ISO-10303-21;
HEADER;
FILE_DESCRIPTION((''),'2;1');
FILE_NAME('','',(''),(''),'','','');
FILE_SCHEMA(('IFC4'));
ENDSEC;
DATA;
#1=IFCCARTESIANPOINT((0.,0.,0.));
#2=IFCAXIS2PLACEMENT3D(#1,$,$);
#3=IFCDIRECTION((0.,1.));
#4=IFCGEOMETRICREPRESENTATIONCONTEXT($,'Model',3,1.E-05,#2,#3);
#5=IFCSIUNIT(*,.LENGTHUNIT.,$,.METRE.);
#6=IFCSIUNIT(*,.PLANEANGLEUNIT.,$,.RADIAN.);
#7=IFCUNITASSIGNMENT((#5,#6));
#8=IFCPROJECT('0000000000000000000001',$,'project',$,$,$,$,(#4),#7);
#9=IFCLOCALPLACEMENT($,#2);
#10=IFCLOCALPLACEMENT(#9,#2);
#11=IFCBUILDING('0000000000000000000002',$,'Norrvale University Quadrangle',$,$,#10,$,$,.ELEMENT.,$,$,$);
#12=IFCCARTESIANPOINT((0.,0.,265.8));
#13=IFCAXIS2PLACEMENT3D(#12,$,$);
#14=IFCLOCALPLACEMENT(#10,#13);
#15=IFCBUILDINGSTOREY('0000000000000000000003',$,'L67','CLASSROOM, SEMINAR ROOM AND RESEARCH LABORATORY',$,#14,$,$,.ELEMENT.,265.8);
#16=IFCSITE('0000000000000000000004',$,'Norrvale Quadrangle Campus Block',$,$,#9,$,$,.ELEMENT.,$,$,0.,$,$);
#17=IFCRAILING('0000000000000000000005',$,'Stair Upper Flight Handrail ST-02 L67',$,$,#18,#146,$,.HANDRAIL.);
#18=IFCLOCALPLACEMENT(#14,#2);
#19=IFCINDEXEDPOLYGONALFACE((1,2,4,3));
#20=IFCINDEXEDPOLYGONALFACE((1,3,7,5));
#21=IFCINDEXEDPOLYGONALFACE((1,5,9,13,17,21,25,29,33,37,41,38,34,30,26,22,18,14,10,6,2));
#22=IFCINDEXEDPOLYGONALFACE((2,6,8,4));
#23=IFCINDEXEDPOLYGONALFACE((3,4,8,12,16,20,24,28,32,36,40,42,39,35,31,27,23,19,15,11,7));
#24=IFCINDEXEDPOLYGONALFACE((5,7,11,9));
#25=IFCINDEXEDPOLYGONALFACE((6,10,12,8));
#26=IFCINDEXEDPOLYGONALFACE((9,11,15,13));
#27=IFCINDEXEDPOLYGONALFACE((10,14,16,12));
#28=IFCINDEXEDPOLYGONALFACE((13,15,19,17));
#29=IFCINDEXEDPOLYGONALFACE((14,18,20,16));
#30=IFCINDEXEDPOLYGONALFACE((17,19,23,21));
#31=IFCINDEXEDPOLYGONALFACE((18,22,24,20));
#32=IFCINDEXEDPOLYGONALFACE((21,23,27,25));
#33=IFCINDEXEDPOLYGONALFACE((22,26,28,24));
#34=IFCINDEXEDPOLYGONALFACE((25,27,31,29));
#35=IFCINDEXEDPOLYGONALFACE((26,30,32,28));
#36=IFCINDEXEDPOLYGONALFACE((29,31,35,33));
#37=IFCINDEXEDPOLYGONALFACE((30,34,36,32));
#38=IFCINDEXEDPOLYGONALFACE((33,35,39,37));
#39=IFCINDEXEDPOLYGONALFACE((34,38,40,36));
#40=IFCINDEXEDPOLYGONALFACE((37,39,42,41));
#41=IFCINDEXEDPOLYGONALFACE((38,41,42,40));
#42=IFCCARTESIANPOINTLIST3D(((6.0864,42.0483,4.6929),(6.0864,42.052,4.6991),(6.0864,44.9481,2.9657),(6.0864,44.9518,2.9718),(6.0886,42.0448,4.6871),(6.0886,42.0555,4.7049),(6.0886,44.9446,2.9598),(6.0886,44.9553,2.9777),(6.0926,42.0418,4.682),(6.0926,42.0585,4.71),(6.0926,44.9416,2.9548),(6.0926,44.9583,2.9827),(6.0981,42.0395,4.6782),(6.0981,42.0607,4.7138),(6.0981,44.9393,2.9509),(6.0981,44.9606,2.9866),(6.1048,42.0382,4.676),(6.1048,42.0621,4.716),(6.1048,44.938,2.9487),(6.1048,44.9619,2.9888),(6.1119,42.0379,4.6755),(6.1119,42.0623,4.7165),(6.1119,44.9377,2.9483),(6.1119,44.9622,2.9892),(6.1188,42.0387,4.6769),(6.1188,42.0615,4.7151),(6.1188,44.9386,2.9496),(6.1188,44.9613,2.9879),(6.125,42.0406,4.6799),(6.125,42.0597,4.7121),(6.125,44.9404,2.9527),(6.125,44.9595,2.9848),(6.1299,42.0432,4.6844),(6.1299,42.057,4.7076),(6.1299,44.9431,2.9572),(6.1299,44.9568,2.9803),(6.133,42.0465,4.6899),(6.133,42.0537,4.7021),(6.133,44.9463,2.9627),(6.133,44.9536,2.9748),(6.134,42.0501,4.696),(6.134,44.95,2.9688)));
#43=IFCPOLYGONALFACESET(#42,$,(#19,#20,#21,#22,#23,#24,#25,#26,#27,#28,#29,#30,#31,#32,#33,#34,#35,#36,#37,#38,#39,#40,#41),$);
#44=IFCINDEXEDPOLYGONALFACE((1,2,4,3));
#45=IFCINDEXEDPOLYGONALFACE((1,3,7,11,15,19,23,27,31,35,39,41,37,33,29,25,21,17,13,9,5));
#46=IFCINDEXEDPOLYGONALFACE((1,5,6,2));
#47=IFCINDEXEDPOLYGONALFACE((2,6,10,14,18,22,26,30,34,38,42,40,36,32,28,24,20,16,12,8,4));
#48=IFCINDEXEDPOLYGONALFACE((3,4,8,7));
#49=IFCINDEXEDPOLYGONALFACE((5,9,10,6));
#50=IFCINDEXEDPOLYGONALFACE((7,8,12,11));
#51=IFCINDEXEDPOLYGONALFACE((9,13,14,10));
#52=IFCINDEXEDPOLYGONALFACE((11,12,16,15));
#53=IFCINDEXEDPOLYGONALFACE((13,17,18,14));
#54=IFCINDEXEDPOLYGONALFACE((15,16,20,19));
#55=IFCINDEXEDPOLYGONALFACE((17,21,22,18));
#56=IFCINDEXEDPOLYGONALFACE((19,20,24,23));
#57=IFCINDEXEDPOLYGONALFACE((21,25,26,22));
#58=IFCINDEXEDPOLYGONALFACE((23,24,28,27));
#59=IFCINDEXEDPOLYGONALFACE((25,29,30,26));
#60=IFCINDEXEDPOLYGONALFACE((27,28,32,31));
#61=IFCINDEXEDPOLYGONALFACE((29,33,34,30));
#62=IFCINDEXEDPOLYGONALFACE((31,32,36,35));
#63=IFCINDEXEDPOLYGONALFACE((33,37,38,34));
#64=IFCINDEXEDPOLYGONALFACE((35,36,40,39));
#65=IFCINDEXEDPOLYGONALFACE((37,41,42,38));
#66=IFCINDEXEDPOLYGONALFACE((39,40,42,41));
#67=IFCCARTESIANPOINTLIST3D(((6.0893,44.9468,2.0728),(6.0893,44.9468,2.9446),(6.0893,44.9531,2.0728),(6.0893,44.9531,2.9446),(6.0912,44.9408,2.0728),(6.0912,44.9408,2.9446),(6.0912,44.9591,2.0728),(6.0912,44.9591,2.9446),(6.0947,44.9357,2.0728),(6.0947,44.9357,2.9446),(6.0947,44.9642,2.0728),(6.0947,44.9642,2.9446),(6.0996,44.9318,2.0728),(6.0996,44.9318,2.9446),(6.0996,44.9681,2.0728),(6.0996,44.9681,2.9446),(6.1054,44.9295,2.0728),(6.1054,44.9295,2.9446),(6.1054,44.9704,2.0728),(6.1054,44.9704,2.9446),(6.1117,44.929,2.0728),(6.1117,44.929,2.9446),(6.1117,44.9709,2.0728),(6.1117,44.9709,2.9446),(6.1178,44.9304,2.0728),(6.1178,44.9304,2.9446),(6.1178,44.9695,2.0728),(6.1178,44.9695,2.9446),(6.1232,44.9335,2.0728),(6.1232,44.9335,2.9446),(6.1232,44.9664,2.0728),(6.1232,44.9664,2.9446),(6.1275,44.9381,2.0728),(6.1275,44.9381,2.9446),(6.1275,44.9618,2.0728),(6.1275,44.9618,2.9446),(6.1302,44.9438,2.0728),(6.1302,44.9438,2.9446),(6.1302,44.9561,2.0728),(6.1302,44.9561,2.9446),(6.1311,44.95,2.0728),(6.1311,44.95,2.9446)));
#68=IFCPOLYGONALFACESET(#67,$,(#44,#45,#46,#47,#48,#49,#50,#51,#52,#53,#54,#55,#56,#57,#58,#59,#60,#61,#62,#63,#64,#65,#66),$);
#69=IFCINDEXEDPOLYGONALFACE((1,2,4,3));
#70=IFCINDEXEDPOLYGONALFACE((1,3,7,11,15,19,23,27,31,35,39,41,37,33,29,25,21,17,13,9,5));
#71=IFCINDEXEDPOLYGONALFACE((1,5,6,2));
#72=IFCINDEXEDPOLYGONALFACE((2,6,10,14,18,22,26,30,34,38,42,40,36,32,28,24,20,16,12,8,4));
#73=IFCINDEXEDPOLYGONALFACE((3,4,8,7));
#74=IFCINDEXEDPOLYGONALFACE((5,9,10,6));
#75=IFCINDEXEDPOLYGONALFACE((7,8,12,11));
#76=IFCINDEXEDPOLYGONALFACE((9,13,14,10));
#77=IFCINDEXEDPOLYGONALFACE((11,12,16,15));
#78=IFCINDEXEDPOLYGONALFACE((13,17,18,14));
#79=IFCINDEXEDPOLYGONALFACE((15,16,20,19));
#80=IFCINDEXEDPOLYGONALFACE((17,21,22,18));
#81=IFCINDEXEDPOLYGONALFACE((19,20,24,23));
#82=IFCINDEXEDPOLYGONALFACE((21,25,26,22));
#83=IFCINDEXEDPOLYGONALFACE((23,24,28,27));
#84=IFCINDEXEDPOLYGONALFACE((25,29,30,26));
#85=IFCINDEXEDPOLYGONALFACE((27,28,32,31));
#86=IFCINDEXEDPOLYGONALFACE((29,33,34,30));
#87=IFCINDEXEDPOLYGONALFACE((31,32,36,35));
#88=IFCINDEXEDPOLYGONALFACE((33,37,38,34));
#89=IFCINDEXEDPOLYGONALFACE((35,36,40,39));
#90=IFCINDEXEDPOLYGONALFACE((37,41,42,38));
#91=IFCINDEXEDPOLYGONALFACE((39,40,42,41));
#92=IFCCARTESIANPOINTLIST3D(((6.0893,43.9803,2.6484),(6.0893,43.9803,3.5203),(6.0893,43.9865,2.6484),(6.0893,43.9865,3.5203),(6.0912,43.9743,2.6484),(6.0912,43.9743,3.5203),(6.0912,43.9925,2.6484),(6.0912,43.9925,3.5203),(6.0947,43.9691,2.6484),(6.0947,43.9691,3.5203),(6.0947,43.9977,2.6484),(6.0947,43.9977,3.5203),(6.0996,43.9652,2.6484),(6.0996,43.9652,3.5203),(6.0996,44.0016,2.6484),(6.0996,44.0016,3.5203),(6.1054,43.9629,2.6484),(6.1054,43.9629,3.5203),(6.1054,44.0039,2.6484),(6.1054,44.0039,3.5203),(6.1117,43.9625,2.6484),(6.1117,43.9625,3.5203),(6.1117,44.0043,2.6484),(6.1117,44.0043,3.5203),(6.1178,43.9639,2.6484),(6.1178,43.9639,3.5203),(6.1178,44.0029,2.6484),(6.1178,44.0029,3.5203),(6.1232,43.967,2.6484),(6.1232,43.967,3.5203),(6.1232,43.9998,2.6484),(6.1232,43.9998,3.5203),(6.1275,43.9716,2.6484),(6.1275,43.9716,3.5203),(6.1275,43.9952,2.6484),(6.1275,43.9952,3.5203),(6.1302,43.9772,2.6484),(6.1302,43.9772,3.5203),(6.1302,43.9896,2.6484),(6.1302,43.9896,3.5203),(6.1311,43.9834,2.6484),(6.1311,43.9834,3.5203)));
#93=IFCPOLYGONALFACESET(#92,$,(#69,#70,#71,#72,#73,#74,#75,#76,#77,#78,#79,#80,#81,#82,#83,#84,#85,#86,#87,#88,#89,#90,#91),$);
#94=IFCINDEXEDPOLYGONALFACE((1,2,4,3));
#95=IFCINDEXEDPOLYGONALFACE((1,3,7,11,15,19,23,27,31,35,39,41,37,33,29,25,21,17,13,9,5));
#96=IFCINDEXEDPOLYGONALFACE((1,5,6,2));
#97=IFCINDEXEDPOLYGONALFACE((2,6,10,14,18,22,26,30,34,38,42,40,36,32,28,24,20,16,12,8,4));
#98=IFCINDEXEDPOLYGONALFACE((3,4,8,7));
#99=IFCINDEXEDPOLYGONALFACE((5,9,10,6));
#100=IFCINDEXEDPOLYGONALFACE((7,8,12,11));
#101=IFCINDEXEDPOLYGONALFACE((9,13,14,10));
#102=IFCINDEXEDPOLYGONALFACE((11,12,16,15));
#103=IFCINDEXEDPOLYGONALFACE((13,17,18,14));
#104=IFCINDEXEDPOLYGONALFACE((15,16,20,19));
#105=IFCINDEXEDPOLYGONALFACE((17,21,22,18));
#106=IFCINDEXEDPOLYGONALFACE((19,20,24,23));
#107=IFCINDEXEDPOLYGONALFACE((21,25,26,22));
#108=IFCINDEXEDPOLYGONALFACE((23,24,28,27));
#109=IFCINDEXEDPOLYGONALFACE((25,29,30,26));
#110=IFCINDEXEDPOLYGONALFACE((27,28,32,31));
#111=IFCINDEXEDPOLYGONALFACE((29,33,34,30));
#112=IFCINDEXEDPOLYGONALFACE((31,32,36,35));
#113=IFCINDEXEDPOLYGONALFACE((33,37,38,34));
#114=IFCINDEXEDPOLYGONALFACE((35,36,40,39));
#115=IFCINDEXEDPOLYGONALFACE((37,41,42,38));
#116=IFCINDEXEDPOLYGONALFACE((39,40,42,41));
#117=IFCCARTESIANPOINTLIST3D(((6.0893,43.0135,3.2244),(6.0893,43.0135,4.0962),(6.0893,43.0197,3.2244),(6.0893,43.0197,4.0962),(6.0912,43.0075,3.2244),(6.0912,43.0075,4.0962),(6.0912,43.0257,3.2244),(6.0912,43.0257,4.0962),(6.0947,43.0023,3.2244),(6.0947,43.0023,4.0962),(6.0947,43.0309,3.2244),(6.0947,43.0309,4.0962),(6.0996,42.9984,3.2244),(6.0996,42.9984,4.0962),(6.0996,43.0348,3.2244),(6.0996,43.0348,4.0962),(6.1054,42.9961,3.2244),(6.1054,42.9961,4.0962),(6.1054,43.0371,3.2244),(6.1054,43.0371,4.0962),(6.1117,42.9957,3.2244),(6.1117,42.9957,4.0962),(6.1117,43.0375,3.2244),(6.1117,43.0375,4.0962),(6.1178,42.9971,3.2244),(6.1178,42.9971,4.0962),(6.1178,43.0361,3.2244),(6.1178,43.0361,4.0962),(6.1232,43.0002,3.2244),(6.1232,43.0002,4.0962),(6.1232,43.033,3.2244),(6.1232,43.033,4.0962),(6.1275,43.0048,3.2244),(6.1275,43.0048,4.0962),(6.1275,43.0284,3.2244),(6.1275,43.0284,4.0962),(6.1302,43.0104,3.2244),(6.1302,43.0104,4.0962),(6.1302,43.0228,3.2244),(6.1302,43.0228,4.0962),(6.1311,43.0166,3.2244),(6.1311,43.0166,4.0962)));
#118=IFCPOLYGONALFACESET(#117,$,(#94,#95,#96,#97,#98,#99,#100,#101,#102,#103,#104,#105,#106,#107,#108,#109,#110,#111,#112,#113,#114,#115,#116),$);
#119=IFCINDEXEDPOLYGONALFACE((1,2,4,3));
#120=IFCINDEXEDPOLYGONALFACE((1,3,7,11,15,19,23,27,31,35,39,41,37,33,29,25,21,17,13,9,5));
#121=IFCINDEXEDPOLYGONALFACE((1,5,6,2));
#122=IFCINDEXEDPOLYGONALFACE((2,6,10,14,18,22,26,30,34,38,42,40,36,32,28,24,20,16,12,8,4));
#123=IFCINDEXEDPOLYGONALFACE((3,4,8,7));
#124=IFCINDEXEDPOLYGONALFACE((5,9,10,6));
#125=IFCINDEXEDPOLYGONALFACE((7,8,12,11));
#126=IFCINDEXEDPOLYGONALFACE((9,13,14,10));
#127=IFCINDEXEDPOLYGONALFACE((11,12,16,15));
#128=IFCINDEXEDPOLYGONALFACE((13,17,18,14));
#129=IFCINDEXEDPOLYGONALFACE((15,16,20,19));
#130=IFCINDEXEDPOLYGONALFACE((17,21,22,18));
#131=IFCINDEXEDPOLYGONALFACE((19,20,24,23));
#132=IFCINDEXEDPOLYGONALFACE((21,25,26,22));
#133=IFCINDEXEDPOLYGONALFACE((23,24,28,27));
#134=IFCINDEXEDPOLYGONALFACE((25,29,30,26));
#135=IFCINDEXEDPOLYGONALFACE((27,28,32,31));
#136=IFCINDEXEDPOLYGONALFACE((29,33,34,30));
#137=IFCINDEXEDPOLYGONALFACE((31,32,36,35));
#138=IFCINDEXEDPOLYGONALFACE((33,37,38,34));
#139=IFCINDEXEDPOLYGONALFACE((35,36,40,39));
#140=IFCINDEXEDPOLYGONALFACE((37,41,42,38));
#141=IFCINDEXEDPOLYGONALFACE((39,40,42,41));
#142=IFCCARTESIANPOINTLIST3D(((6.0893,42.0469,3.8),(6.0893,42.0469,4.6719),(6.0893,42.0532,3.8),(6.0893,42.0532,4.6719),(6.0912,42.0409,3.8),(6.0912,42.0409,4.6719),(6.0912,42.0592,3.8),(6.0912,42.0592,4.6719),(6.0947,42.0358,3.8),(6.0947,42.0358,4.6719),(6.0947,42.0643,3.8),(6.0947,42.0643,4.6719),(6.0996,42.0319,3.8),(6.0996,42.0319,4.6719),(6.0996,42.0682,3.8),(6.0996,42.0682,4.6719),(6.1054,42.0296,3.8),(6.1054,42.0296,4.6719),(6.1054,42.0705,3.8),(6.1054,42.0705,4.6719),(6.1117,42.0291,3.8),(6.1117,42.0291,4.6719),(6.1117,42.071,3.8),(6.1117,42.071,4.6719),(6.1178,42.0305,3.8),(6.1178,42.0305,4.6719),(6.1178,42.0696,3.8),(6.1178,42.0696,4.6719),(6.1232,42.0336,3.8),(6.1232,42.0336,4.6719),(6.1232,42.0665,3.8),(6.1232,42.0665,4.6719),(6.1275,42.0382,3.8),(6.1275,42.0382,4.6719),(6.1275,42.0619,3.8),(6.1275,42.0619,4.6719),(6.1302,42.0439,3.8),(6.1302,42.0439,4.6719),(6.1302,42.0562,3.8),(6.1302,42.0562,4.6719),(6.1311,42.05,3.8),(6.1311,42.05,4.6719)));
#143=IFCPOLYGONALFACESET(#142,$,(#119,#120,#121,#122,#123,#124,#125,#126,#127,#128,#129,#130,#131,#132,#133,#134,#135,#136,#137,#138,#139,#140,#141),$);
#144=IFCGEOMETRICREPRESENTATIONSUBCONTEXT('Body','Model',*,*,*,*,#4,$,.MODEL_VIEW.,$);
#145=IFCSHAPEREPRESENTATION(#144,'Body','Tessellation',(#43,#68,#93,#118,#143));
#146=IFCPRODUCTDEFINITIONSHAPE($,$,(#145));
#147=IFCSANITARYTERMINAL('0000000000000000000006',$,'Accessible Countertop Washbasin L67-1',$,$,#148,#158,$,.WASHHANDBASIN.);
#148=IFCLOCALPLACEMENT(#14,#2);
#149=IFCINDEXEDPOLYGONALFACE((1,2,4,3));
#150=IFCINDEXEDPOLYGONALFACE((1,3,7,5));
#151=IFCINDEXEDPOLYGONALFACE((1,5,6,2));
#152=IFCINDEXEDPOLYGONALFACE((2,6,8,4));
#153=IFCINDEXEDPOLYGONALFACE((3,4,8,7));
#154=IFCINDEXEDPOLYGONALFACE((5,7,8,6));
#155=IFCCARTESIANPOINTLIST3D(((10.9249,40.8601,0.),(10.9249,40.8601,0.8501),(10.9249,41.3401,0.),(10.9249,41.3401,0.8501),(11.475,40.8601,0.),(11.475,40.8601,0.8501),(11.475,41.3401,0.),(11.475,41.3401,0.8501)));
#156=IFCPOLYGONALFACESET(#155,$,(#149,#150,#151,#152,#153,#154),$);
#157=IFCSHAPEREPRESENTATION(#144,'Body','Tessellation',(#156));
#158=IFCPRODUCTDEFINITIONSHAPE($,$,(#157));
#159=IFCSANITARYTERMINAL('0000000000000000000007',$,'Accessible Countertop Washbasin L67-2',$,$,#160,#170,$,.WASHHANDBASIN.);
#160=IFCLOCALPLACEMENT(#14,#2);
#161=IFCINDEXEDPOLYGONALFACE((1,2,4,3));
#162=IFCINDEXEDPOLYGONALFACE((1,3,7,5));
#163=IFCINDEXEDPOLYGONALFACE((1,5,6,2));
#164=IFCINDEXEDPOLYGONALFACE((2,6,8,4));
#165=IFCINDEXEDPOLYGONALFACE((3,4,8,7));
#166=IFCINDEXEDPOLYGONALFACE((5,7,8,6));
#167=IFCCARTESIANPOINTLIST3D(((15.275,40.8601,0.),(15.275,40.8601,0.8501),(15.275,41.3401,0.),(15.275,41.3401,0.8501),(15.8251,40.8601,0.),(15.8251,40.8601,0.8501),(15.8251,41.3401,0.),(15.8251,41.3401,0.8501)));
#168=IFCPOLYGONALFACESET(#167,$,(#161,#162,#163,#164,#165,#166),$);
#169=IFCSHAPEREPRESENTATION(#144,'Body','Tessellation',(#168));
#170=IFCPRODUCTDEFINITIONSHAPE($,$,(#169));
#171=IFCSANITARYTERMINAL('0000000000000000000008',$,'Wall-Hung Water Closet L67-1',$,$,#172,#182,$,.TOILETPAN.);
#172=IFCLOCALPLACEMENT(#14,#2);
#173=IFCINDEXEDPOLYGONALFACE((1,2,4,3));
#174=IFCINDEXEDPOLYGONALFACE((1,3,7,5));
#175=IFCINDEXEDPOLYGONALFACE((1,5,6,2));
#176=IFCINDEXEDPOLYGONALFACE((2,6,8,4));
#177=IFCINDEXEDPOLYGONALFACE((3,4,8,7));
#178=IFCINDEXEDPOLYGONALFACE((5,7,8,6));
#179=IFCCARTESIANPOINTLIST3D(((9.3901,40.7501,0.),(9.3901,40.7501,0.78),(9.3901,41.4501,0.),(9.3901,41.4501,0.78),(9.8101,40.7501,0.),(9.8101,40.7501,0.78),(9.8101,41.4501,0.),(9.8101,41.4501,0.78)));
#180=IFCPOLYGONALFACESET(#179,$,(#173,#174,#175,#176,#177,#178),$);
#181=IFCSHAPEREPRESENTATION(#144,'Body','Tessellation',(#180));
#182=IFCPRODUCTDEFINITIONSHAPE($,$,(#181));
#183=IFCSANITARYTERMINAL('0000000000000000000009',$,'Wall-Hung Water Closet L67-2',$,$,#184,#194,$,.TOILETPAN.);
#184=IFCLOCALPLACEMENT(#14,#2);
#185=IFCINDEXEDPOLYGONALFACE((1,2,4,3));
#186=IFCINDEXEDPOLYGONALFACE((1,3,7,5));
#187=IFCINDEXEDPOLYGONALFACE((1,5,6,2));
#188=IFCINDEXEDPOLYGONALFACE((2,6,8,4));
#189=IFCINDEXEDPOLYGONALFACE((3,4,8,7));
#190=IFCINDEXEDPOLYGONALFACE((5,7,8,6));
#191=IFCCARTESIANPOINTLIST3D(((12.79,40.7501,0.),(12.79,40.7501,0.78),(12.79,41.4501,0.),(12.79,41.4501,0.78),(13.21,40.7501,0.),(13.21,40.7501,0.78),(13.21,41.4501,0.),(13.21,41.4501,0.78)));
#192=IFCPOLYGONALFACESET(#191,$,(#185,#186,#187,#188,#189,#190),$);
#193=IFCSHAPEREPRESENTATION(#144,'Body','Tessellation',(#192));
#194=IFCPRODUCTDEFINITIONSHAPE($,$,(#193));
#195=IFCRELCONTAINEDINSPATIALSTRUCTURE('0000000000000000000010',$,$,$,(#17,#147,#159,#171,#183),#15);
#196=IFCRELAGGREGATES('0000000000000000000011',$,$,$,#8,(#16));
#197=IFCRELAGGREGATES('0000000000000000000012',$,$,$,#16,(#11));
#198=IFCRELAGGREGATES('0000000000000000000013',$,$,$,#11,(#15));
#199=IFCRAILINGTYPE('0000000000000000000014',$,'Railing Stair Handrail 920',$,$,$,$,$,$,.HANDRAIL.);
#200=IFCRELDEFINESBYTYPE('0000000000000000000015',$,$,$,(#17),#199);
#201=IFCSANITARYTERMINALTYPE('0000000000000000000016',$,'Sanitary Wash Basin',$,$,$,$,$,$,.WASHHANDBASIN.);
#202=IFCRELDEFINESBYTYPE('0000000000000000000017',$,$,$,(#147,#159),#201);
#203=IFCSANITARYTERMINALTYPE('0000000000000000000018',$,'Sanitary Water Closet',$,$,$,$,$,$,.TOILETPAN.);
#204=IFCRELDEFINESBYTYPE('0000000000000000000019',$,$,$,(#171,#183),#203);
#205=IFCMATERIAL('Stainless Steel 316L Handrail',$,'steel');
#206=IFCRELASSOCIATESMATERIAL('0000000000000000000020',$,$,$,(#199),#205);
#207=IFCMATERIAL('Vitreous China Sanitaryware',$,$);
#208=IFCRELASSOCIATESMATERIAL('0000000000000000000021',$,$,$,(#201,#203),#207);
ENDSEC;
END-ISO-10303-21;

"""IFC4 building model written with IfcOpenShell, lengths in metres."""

from ifc_helpers import new_model, si_unit, direction, frame, origin, origin_2d, place, context, subcontext, project, spatial, rectangle, circle, extrude, material, type_object, element, save


model = new_model("IFC4")

# Units and contexts
model_context = context("Model", 3, precision=1e-05, world=origin(), true_north=direction((0.0, 1.0)))
body_context = subcontext(model_context, "Body", "Model", "MODEL_VIEW")
ifc_project = project(units=[si_unit("LENGTHUNIT", "METRE"), si_unit("PLANEANGLEUNIT", "RADIAN")], contexts=[model_context])

# Site, building, storey
site_placement = place(None, origin())
site = spatial("IfcSite", under=ifc_project, at=site_placement, Name="Norrvale Quadrangle Campus Block", CompositionType="ELEMENT", RefElevation=0.0)
building_placement = place(site_placement, origin())
building = spatial("IfcBuilding", under=site, at=building_placement, Name="Norrvale University Quadrangle", CompositionType="ELEMENT")
storey_placement = place(building_placement, frame((0.0, 0.0, 265.8)))
storey = spatial("IfcBuildingStorey", under=building, at=storey_placement, Name="L67", Description="CLASSROOM, SEMINAR ROOM AND RESEARCH LABORATORY", CompositionType="ELEMENT", Elevation=265.8)

# Railing
ifc_material_1 = material(Name="Stainless Steel 316L Handrail", Category="steel")
railing_type_1 = type_object("IfcRailingType", Name="Railing Stair Handrail 920", PredefinedType="HANDRAIL", material=ifc_material_1)
railing_1_placement = place(storey_placement, frame((6.1101, 44.95, 2.0728)))
element("IfcRailing", 1, at=railing_1_placement, inside=storey, type_object=railing_type_1, Name="Stair Upper Flight Handrail ST-02 L67", PredefinedType="HANDRAIL", context=body_context, shape_type="SweptSolid", body=[
    extrude(circle(Radius=0.0239, at=origin_2d()), frame((0.0, 0.0, 0.896), z_axis=(0.0, -0.859141, 0.511738), x_axis=(1.0, 0.0, 0.0)), (0.0, 0.0, 1.0), 3.3752),
    extrude(circle(Radius=0.021, at=origin_2d()), origin(), (0.0, 0.0, 1.0), 0.8718),
    extrude(circle(Radius=0.021, at=origin_2d()), frame((0.0, -0.9666, 0.5757)), (0.0, 0.0, 1.0), 0.8718),
    extrude(circle(Radius=0.021, at=origin_2d()), frame((0.0, -1.9333, 1.1516)), (0.0, 0.0, 1.0), 0.8718),
    extrude(circle(Radius=0.021, at=origin_2d()), frame((0.0, -2.8999, 1.7273)), (0.0, 0.0, 1.0), 0.8718),
])

# Sanitary terminals
ifc_material_2 = material(Name="Vitreous China Sanitaryware")
sanitary_terminal_type_1 = type_object("IfcSanitaryTerminalType", Name="Sanitary Wash Basin", PredefinedType="WASHHANDBASIN", material=ifc_material_2)
for number, where, z_axis, x_axis, name in (
    (2, (11.2, 41.1001, 0.0), (0.0, 0.0, 1.0), (1.0, 0.0, 0.0), "Accessible Countertop Washbasin L67-1"),
    (3, (15.55, 41.1001, 0.0), (0.0, 0.0, 1.0), (1.0, 0.0, 0.0), "Accessible Countertop Washbasin L67-2"),
):
    element("IfcSanitaryTerminal", number, at=place(storey_placement, frame(where, z_axis=z_axis, x_axis=x_axis)), inside=storey, type_object=sanitary_terminal_type_1, Name=name, PredefinedType="WASHHANDBASIN", context=body_context, shape_type="SweptSolid", body=[
        extrude(rectangle(XDim=0.55, YDim=0.48, at=origin_2d()), origin(), (0.0, 0.0, 1.0), 0.8501),
    ])
sanitary_terminal_type_2 = type_object("IfcSanitaryTerminalType", Name="Sanitary Water Closet", PredefinedType="TOILETPAN", material=ifc_material_2)
for number, where, z_axis, x_axis, name in (
    (4, (9.6001, 41.1001, 0.0), (0.0, 0.0, 1.0), (1.0, 0.0, 0.0), "Wall-Hung Water Closet L67-1"),
    (5, (13.0, 41.1001, 0.0), (0.0, 0.0, 1.0), (1.0, 0.0, 0.0), "Wall-Hung Water Closet L67-2"),
):
    element("IfcSanitaryTerminal", number, at=place(storey_placement, frame(where, z_axis=z_axis, x_axis=x_axis)), inside=storey, type_object=sanitary_terminal_type_2, Name=name, PredefinedType="TOILETPAN", context=body_context, shape_type="SweptSolid", body=[
        extrude(rectangle(XDim=0.4199, YDim=0.7, at=origin_2d()), origin(), (0.0, 0.0, 1.0), 0.78),
    ])

save(model, "model.ifc")
